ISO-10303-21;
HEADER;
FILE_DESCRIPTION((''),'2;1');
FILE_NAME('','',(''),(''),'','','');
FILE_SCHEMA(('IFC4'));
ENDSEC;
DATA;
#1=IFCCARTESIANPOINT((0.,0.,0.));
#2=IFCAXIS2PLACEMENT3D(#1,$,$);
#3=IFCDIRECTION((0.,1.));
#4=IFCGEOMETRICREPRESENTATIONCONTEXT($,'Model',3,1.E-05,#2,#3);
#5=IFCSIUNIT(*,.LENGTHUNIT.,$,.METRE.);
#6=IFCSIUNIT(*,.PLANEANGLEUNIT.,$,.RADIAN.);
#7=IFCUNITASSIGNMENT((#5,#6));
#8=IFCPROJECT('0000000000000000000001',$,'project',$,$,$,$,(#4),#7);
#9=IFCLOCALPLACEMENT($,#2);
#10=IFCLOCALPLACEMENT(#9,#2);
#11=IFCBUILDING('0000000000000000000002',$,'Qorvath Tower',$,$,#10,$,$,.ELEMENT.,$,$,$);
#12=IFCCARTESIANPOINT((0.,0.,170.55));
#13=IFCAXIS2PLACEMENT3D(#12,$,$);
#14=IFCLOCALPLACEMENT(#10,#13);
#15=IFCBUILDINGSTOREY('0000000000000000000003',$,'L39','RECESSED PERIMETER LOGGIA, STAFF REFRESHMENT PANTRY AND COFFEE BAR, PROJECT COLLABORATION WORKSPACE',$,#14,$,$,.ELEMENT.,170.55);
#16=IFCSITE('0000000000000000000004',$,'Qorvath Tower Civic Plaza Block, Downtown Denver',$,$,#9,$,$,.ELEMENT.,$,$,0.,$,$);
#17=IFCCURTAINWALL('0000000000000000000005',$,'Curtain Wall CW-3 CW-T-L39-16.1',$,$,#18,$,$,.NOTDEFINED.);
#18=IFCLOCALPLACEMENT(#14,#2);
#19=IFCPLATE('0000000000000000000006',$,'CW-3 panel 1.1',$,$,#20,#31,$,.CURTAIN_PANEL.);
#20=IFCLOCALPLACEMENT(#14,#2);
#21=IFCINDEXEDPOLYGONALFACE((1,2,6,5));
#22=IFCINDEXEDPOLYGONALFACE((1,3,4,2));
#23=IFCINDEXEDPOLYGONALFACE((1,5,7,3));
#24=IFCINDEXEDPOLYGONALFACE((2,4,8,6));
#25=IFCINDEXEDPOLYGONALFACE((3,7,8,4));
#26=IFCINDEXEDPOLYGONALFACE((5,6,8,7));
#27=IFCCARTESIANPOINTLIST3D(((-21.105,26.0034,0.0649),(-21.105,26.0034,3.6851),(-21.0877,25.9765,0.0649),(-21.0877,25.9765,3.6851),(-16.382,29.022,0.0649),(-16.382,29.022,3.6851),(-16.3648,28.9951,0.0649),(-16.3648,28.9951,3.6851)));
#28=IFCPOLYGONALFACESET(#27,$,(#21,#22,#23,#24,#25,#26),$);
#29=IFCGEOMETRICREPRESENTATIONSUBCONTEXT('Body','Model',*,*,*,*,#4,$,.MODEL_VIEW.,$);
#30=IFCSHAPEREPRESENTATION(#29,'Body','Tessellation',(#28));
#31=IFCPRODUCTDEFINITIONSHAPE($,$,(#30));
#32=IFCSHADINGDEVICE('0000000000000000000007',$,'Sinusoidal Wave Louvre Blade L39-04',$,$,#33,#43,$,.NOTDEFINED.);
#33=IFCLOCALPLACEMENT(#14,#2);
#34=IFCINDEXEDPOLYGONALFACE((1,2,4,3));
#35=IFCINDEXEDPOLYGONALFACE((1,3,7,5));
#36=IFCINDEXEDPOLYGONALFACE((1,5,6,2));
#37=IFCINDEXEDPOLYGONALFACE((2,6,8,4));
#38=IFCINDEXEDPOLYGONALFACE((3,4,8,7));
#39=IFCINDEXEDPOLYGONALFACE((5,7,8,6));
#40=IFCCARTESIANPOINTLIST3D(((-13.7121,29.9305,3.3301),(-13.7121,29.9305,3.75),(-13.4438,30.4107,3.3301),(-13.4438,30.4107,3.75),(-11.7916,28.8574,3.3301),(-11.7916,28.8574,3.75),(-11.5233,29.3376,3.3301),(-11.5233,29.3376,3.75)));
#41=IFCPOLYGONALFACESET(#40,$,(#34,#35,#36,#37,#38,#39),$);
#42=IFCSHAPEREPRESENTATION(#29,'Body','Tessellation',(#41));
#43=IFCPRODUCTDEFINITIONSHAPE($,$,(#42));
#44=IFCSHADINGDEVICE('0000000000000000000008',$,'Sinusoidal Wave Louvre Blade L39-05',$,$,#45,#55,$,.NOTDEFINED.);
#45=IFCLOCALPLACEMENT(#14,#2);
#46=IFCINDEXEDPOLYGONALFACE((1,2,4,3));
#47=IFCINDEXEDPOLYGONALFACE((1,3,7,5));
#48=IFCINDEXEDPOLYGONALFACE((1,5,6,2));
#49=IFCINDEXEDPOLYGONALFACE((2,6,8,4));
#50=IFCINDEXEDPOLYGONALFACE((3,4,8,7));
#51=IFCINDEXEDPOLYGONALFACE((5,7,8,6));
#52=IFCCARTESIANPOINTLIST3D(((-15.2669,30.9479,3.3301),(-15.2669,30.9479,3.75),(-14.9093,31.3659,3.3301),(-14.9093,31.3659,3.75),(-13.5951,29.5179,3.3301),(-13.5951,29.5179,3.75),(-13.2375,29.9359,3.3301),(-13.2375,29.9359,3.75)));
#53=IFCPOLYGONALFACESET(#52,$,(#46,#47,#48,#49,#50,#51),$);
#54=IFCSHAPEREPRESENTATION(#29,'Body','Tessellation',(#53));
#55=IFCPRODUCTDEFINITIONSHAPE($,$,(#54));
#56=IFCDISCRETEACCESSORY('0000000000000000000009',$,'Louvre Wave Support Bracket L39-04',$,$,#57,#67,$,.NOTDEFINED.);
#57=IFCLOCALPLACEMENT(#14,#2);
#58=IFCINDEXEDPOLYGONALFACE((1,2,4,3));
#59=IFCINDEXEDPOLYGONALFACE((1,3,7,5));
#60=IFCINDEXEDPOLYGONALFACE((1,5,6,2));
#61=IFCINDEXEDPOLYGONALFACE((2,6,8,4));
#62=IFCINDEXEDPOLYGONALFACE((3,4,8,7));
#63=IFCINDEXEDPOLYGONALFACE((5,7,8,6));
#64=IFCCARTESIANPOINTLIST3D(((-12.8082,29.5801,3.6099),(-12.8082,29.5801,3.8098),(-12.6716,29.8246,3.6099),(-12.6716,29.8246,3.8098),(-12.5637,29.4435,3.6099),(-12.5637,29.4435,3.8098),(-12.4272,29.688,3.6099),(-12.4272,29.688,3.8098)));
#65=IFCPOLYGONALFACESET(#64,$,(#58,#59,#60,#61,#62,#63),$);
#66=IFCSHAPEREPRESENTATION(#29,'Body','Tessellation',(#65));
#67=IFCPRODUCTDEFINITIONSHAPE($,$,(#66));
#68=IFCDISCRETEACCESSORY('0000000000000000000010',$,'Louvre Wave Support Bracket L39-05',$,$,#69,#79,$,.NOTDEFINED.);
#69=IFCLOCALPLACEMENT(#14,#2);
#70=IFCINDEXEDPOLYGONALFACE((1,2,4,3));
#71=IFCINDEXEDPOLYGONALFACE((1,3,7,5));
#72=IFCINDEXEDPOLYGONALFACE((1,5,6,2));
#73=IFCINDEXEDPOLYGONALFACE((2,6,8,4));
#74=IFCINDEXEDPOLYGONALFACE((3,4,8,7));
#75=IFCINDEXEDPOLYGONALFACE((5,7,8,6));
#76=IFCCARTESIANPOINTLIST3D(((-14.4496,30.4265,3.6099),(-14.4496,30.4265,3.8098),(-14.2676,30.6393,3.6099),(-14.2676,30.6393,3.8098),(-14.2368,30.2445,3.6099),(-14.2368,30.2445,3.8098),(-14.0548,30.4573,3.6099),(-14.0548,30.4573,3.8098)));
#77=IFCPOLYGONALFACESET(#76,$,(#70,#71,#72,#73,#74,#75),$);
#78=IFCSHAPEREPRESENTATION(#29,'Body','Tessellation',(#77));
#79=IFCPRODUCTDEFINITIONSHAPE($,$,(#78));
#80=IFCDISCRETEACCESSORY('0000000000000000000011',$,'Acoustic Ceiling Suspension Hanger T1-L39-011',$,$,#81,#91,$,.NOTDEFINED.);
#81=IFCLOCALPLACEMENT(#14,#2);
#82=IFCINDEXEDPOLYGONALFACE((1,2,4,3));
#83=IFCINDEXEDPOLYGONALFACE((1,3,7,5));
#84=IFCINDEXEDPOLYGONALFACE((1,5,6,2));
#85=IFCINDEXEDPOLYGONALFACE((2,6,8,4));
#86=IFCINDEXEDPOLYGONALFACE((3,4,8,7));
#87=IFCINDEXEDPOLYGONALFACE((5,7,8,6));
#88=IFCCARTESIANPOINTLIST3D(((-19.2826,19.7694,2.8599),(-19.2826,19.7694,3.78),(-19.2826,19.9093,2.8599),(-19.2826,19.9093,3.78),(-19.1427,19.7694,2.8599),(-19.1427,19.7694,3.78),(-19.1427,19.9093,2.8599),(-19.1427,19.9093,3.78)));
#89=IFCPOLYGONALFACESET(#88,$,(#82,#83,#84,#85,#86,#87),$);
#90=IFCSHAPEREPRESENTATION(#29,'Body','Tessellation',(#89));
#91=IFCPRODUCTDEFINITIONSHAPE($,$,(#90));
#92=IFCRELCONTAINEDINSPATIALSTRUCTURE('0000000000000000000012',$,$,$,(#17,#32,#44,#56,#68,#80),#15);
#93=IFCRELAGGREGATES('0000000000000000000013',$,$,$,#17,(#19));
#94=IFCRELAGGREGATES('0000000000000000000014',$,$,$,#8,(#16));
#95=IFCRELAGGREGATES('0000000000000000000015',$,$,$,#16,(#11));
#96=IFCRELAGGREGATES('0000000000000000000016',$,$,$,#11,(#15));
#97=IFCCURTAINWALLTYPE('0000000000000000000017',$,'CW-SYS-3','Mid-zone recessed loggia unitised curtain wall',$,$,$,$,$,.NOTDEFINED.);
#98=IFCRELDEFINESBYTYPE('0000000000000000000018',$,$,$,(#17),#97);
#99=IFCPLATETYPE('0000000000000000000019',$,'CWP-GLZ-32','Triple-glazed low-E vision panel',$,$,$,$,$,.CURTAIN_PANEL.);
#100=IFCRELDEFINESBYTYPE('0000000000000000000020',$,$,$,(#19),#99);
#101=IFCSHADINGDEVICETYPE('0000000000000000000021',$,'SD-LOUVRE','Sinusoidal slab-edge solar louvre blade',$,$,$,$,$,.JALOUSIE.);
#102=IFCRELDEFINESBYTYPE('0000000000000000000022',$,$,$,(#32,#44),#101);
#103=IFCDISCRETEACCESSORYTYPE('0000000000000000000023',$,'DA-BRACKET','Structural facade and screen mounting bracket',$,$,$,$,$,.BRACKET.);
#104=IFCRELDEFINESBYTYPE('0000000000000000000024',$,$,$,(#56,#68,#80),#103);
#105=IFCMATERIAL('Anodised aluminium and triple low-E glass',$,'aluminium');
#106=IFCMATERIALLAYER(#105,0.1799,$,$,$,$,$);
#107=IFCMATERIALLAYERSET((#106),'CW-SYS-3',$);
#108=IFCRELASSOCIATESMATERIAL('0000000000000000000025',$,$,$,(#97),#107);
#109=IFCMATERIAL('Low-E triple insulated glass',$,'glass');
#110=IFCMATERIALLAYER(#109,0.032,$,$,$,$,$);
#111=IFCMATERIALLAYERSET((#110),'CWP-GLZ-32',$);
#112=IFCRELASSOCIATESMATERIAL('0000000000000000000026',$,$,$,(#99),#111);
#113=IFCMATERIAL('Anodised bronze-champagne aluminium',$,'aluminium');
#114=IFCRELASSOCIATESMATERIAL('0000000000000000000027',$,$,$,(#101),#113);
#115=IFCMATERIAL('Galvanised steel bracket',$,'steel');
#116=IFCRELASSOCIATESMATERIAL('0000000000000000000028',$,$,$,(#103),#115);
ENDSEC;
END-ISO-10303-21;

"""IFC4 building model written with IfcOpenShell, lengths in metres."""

from ifc_helpers import new_model, si_unit, direction, frame, origin, origin_2d, place, context, subcontext, project, spatial, rectangle, extrude, material, layer, layer_set, type_object, element, aggregate, save


model = new_model("IFC4")

# Units and contexts
model_context = context("Model", 3, precision=1e-05, world=origin(), true_north=direction((0.0, 1.0)))
body_context = subcontext(model_context, "Body", "Model", "MODEL_VIEW")
ifc_project = project(units=[si_unit("LENGTHUNIT", "METRE"), si_unit("PLANEANGLEUNIT", "RADIAN")], contexts=[model_context])

# Site, building, storey
site_placement = place(None, origin())
site = spatial("IfcSite", under=ifc_project, at=site_placement, Name="Qorvath Tower Civic Plaza Block, Downtown Denver", CompositionType="ELEMENT", RefElevation=0.0)
building_placement = place(site_placement, origin())
building = spatial("IfcBuilding", under=site, at=building_placement, Name="Qorvath Tower", CompositionType="ELEMENT")
storey_placement = place(building_placement, frame((0.0, 0.0, 170.55)))
storey = spatial("IfcBuildingStorey", under=building, at=storey_placement, Name="L39", Description="RECESSED PERIMETER LOGGIA, STAFF REFRESHMENT PANTRY AND COFFEE BAR, PROJECT COLLABORATION WORKSPACE", CompositionType="ELEMENT", Elevation=170.55)

# Shared definitions
ifc_material_1 = material(Name="Anodised aluminium and triple low-E glass", Category="aluminium")
ifc_layer_1 = layer(ifc_material_1, 0.1799)
ifc_layer_set_1 = layer_set([ifc_layer_1], Name="CW-SYS-3")
curtain_wall_type = type_object("IfcCurtainWallType", Name="CW-SYS-3", Description="Mid-zone recessed loggia unitised curtain wall", PredefinedType="NOTDEFINED", material=ifc_layer_set_1)

# Curtain wall
curtain_wall_1_placement = place(storey_placement, origin())
curtain_wall_1 = element("IfcCurtainWall", 1, at=curtain_wall_1_placement, inside=storey, type_object=curtain_wall_type, Name="Curtain Wall CW-3 CW-T-L39-16.1", PredefinedType="NOTDEFINED")

# Plate
ifc_material_2 = material(Name="Low-E triple insulated glass", Category="glass")
ifc_layer_2 = layer(ifc_material_2, 0.032)
ifc_layer_set_2 = layer_set([ifc_layer_2], Name="CWP-GLZ-32")
plate_type = type_object("IfcPlateType", Name="CWP-GLZ-32", Description="Triple-glazed low-E vision panel", PredefinedType="CURTAIN_PANEL", material=ifc_layer_set_2)
plate_1_placement = place(storey_placement, frame((-18.7349, 27.4993, 0.0649), z_axis=(0.0, 0.0, 1.0), x_axis=(-0.842604, -0.538534, 0.0)))
plate_1 = element("IfcPlate", 2, at=plate_1_placement, type_object=plate_type, Name="CW-3 panel 1.1", PredefinedType="CURTAIN_PANEL", context=body_context, shape_type="SweptSolid", body=[
    extrude(rectangle(XDim=5.6052, YDim=0.032, at=origin_2d()), origin(), (0.0, 0.0, 1.0), 3.6201),
])
aggregate(curtain_wall_1, [plate_1])

# Shading devices
ifc_material_3 = material(Name="Anodised bronze-champagne aluminium", Category="aluminium")
shading_device_type = type_object("IfcShadingDeviceType", Name="SD-LOUVRE", Description="Sinusoidal slab-edge solar louvre blade", PredefinedType="JALOUSIE", material=ifc_material_3)
for number, where, z_axis, x_axis, name in (
    (3, (-12.6177, 29.634, 3.3301), (0.0, 0.0, 1.0), (-0.87296, 0.487793, 0.0), "Sinusoidal Wave Louvre Blade L39-04"),
    (4, (-14.2522, 30.4419, 3.3301), (0.0, 0.0, 1.0), (-0.759933, 0.650001, 0.0), "Sinusoidal Wave Louvre Blade L39-05"),
):
    element("IfcShadingDevice", number, at=place(storey_placement, frame(where, z_axis=z_axis, x_axis=x_axis)), inside=storey, type_object=shading_device_type, Name=name, PredefinedType="NOTDEFINED", context=body_context, shape_type="SweptSolid", body=[
        extrude(rectangle(XDim=2.2, YDim=0.55, at=origin_2d()), origin(), (0.0, 0.0, 1.0), 0.4199),
    ])

# Discrete accessories
ifc_material_4 = material(Name="Galvanised steel bracket", Category="steel")
discrete_accessory_type = type_object("IfcDiscreteAccessoryType", Name="DA-BRACKET", Description="Structural facade and screen mounting bracket", PredefinedType="BRACKET", material=ifc_material_4)
for number, where, z_axis, x_axis, name in (
    (5, (-12.6177, 29.634, 3.6099), (0.0, 0.0, 1.0), (-0.87296, 0.487793, 0.0), "Louvre Wave Support Bracket L39-04"),
    (6, (-14.2522, 30.4419, 3.6099), (0.0, 0.0, 1.0), (-0.759933, 0.650001, 0.0), "Louvre Wave Support Bracket L39-05"),
):
    element("IfcDiscreteAccessory", number, at=place(storey_placement, frame(where, z_axis=z_axis, x_axis=x_axis)), inside=storey, type_object=discrete_accessory_type, Name=name, PredefinedType="NOTDEFINED", context=body_context, shape_type="SweptSolid", body=[
        extrude(rectangle(XDim=0.28, YDim=0.28, at=origin_2d()), origin(), (0.0, 0.0, 1.0), 0.2),
    ])
discrete_accessory_placement = place(storey_placement, frame((-19.2126, 19.8394, 2.8599), z_axis=(0.0, 0.0, 1.0), x_axis=(1.0, 0.0, 0.0)))
element("IfcDiscreteAccessory", 7, at=discrete_accessory_placement, inside=storey, type_object=discrete_accessory_type, Name="Acoustic Ceiling Suspension Hanger T1-L39-011", PredefinedType="NOTDEFINED", context=body_context, shape_type="SweptSolid", body=[
    extrude(rectangle(XDim=0.1399, YDim=0.1399, at=origin_2d()), origin(), (0.0, 0.0, 1.0), 0.9202),
])

save(model, "model.ifc")
